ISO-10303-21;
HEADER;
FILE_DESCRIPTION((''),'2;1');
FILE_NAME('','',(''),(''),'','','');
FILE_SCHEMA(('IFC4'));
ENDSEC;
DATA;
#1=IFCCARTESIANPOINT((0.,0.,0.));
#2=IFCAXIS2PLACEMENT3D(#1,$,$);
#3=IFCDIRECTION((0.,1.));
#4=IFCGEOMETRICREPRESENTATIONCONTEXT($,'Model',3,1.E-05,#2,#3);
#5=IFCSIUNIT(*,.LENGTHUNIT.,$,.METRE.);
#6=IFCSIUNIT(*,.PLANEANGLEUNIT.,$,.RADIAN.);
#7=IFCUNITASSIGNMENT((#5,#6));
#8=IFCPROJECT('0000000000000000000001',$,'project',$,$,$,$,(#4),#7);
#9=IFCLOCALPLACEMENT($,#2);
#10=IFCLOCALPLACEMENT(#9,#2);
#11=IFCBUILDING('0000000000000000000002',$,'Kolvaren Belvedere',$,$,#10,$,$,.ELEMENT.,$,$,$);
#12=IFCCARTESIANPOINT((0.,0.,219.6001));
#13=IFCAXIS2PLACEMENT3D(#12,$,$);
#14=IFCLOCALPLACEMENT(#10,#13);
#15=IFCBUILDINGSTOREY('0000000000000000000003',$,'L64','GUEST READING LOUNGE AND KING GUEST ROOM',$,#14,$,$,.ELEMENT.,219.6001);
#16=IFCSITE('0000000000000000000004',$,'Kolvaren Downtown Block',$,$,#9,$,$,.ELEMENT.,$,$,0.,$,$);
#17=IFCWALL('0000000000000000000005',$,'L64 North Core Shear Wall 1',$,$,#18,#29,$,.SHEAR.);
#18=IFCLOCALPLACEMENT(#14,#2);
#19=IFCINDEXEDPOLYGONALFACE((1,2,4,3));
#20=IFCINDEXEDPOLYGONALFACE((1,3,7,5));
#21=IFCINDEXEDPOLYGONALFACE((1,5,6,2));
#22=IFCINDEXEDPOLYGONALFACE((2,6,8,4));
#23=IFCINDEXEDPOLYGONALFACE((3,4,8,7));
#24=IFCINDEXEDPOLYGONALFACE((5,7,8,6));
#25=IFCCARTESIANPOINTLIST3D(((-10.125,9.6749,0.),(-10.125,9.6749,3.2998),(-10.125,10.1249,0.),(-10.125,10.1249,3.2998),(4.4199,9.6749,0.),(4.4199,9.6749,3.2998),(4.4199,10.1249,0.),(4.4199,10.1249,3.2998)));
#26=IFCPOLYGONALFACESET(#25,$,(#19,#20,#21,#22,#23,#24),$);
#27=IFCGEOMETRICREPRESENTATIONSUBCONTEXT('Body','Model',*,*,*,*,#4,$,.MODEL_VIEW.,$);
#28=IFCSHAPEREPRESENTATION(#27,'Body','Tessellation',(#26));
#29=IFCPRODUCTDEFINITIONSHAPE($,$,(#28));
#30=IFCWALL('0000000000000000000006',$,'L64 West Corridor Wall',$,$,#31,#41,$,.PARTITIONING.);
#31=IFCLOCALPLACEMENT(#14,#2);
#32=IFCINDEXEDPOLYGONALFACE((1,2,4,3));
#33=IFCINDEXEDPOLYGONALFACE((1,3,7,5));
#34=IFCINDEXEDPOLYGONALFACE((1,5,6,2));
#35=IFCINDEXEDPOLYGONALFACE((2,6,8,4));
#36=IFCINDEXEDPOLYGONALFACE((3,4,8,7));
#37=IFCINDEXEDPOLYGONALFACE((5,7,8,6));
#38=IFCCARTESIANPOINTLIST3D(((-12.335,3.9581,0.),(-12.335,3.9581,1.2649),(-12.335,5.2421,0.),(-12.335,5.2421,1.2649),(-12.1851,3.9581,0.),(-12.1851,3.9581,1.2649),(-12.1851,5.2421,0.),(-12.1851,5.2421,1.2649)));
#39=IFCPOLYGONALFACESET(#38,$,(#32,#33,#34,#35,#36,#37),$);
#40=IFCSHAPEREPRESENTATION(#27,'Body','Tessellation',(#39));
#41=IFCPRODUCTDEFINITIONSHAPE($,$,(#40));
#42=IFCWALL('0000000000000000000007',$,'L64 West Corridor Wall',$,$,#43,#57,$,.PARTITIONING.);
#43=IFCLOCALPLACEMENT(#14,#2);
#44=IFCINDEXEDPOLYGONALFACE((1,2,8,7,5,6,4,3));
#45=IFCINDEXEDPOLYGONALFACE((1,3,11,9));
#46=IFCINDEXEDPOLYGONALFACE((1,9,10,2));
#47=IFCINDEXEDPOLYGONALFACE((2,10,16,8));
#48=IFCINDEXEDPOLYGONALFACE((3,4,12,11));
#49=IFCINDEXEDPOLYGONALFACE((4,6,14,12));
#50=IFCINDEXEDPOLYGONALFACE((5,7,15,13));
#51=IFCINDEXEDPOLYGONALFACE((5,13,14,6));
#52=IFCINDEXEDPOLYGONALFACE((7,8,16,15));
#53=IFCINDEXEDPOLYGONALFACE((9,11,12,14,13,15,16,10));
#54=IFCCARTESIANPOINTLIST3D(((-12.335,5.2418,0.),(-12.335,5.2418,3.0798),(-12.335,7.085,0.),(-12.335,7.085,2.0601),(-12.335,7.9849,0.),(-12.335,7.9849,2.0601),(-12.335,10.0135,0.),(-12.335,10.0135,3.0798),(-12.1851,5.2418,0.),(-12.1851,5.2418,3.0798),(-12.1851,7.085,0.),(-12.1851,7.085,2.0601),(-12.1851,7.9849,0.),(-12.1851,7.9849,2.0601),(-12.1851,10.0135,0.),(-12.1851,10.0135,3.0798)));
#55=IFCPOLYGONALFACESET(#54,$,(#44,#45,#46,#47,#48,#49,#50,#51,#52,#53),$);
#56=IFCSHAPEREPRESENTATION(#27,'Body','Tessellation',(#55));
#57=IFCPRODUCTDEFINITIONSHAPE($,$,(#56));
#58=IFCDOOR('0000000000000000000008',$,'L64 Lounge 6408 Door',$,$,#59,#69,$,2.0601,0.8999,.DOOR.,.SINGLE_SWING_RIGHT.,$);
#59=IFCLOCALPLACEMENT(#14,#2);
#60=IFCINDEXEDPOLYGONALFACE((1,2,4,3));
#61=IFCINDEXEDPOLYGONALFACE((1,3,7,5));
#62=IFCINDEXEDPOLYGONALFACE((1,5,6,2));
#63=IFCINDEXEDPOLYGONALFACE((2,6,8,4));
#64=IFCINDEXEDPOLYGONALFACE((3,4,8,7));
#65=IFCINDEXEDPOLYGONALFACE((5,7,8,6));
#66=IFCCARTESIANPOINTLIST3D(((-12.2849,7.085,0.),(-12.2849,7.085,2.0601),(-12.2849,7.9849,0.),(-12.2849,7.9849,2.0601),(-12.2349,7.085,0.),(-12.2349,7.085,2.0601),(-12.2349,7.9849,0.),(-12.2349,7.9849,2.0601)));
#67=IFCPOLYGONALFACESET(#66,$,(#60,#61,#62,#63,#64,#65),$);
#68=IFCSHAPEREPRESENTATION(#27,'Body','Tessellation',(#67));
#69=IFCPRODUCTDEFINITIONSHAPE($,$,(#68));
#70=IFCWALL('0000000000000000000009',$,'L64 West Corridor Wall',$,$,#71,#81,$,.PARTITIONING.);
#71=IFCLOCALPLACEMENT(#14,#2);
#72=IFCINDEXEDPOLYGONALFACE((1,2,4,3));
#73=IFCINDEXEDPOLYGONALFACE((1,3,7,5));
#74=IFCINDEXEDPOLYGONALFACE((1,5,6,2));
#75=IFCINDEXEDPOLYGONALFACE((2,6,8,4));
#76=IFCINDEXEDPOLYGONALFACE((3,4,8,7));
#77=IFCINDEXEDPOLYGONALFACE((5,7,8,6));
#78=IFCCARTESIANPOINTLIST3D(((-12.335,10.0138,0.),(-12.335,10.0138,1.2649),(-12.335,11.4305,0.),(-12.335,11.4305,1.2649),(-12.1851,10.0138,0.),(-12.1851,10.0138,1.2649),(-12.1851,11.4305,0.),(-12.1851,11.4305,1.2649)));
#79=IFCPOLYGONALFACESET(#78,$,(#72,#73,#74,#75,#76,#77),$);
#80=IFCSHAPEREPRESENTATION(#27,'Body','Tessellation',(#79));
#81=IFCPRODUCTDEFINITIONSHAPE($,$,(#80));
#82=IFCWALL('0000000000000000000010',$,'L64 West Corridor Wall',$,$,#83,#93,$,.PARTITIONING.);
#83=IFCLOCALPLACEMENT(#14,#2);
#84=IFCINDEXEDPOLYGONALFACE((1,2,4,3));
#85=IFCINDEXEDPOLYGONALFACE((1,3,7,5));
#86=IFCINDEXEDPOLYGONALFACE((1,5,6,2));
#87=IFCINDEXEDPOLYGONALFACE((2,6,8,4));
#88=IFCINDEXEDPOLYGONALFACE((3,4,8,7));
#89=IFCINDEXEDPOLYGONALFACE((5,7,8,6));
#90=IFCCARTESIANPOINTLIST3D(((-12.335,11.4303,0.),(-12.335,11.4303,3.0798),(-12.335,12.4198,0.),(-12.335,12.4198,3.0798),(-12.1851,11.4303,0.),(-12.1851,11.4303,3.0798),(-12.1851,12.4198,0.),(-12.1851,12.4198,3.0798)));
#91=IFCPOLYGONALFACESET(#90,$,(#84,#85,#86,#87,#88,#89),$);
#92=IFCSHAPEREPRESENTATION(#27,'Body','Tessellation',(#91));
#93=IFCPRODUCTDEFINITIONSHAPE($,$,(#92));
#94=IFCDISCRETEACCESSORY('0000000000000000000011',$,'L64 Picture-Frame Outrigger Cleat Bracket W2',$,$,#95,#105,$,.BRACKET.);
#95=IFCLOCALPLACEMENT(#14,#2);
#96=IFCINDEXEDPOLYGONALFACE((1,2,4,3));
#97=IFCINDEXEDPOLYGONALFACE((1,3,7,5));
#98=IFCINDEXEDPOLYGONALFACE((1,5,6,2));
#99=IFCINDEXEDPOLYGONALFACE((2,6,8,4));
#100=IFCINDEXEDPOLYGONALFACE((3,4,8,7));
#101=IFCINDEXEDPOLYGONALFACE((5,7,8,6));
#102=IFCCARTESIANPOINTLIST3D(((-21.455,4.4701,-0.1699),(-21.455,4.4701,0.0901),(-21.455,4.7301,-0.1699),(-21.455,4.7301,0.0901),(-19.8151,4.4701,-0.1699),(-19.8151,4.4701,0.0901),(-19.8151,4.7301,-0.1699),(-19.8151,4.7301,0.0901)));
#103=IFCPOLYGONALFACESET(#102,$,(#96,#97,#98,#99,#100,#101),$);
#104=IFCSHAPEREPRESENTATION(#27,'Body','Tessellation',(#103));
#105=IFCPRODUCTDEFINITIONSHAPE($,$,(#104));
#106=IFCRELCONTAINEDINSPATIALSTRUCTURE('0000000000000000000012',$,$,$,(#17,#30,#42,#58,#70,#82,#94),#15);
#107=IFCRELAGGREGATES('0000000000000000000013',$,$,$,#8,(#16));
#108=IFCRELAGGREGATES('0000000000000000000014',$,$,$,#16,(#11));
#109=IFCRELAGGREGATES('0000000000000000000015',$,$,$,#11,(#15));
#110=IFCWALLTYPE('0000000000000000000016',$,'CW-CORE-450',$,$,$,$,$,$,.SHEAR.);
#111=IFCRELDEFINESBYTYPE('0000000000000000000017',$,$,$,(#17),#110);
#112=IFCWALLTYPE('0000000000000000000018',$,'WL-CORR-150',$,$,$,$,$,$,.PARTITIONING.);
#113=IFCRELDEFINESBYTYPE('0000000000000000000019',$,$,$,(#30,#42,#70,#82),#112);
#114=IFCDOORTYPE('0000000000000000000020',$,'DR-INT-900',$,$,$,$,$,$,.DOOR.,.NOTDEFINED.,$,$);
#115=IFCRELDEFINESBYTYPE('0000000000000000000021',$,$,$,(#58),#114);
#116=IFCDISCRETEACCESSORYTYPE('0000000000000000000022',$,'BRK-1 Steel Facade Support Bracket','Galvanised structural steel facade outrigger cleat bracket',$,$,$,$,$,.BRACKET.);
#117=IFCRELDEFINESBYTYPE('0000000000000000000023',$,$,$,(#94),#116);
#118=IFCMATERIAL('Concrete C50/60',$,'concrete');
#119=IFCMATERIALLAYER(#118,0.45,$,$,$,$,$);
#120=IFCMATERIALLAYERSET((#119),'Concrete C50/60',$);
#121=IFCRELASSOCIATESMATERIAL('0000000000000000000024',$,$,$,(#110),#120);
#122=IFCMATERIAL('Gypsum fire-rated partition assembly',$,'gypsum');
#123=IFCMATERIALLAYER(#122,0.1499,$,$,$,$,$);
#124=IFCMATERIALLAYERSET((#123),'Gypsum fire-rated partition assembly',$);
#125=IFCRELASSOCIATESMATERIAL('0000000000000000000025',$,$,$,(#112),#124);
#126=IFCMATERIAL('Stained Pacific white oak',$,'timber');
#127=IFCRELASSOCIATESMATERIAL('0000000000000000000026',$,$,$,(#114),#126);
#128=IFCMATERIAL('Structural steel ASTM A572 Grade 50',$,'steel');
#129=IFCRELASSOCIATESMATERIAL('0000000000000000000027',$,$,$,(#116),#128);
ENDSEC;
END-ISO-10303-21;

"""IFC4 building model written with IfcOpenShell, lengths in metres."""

from ifc_helpers import new_model, si_unit, direction, frame, frame_2d, origin, origin_2d, place, context, subcontext, project, spatial, rectangle, extrude, material, layer, layer_set, type_object, element, fill, save


model = new_model("IFC4")

# Units and contexts
model_context = context("Model", 3, precision=1e-05, world=origin(), true_north=direction((0.0, 1.0)))
body_context = subcontext(model_context, "Body", "Model", "MODEL_VIEW")
ifc_project = project(units=[si_unit("LENGTHUNIT", "METRE"), si_unit("PLANEANGLEUNIT", "RADIAN")], contexts=[model_context])

# Site, building, storey
site_placement = place(None, origin())
site = spatial("IfcSite", under=ifc_project, at=site_placement, Name="Kolvaren Downtown Block", CompositionType="ELEMENT", RefElevation=0.0)
building_placement = place(site_placement, origin())
building = spatial("IfcBuilding", under=site, at=building_placement, Name="Kolvaren Belvedere", CompositionType="ELEMENT")
storey_placement = place(building_placement, frame((0.0, 0.0, 219.6001)))
storey = spatial("IfcBuildingStorey", under=building, at=storey_placement, Name="L64", Description="GUEST READING LOUNGE AND KING GUEST ROOM", CompositionType="ELEMENT", Elevation=219.6001)

# Walls
ifc_material_1 = material(Name="Concrete C50/60", Category="concrete")
ifc_layer_1 = layer(ifc_material_1, 0.45)
ifc_layer_set_1 = layer_set([ifc_layer_1], Name="Concrete C50/60")
wall_type_1 = type_object("IfcWallType", Name="CW-CORE-450", PredefinedType="SHEAR", material=ifc_layer_set_1)
wall_1_placement = place(storey_placement, frame((-10.125, 9.8999, 0.0), z_axis=(0.0, 0.0, 1.0), x_axis=(1.0, 0.0, 0.0)))
element("IfcWall", 1, at=wall_1_placement, inside=storey, type_object=wall_type_1, Name="L64 North Core Shear Wall 1", PredefinedType="SHEAR", context=body_context, shape_type="SweptSolid", body=[
    extrude(rectangle(XDim=14.5449, YDim=0.45, at=frame_2d((7.2725, 0.0))), origin(), (0.0, 0.0, 1.0), 3.2998),
])
ifc_material_2 = material(Name="Gypsum fire-rated partition assembly", Category="gypsum")
ifc_layer_2 = layer(ifc_material_2, 0.1499)
ifc_layer_set_2 = layer_set([ifc_layer_2], Name="Gypsum fire-rated partition assembly")
wall_type_2 = type_object("IfcWallType", Name="WL-CORR-150", PredefinedType="PARTITIONING", material=ifc_layer_set_2)
wall_2_placement = place(storey_placement, frame((-12.26, 3.958, 0.0), z_axis=(0.0, 0.0, 1.0), x_axis=(0.0, 1.0, 0.0)))
element("IfcWall", 2, at=wall_2_placement, inside=storey, type_object=wall_type_2, Name="L64 West Corridor Wall", PredefinedType="PARTITIONING", context=body_context, shape_type="SweptSolid", body=[
    extrude(rectangle(XDim=1.2839, YDim=0.1499, at=frame_2d((0.6421, 0.0))), origin(), (0.0, 0.0, 1.0), 1.2649),
])

# Wall, opening, door
wall_3_placement = place(storey_placement, frame((-12.26, 5.2419, 0.0), z_axis=(0.0, 0.0, 1.0), x_axis=(0.0, 1.0, 0.0)))
wall_3 = element("IfcWall", 3, at=wall_3_placement, inside=storey, type_object=wall_type_2, Name="L64 West Corridor Wall", PredefinedType="PARTITIONING", context=body_context, shape_type="SweptSolid", body=[
    extrude(rectangle(XDim=4.7717, YDim=0.1499, at=frame_2d((2.3857, 0.0))), origin(), (0.0, 0.0, 1.0), 3.0798),
])
opening_placement = place(wall_3_placement, frame((1.843, 0.0, 0.0)))
opening = element("IfcOpeningElement", 4, at=opening_placement, cuts=wall_3, PredefinedType="OPENING", context=body_context, shape_type="SweptSolid", body=[
    extrude(rectangle(XDim=0.8999, YDim=2.0601, at=frame_2d((0.45, 1.03))), frame((0.0, 0.085, 0.0), z_axis=(0.0, -1.0, 0.0), x_axis=(1.0, 0.0, 0.0)), (0.0, 0.0, 1.0), 0.1699),
])
ifc_material_3 = material(Name="Stained Pacific white oak", Category="timber")
door_type = type_object("IfcDoorType", Name="DR-INT-900", OperationType="NOTDEFINED", PredefinedType="DOOR", material=ifc_material_3)
door_placement = place(opening_placement, origin())
door = element("IfcDoor", 5, at=door_placement, inside=storey, type_object=door_type, Name="L64 Lounge 6408 Door", OperationType="SINGLE_SWING_RIGHT", OverallHeight=2.0601, OverallWidth=0.8999, PredefinedType="DOOR", context=body_context, shape_type="SweptSolid", body=[
    extrude(rectangle(XDim=0.8999, YDim=2.0601, at=frame_2d((0.45, 1.03))), frame((0.0, 0.0249, 0.0), z_axis=(0.0, -1.0, 0.0), x_axis=(1.0, 0.0, 0.0)), (0.0, 0.0, 1.0), 0.05),
])
fill(opening, door)

# Walls
wall_4_placement = place(storey_placement, frame((-12.26, 10.0137, 0.0), z_axis=(0.0, 0.0, 1.0), x_axis=(0.0, 1.0, 0.0)))
element("IfcWall", 6, at=wall_4_placement, inside=storey, type_object=wall_type_2, Name="L64 West Corridor Wall", PredefinedType="PARTITIONING", context=body_context, shape_type="SweptSolid", body=[
    extrude(rectangle(XDim=1.4167, YDim=0.1499, at=frame_2d((0.7085, 0.0))), origin(), (0.0, 0.0, 1.0), 1.2649),
])
wall_5_placement = place(storey_placement, frame((-12.26, 11.4304, 0.0), z_axis=(0.0, 0.0, 1.0), x_axis=(0.0, 1.0, 0.0)))
element("IfcWall", 7, at=wall_5_placement, inside=storey, type_object=wall_type_2, Name="L64 West Corridor Wall", PredefinedType="PARTITIONING", context=body_context, shape_type="SweptSolid", body=[
    extrude(rectangle(XDim=0.9895, YDim=0.1499, at=frame_2d((0.4946, 0.0))), origin(), (0.0, 0.0, 1.0), 3.0798),
])

# Discrete accessory
ifc_material_4 = material(Name="Structural steel ASTM A572 Grade 50", Category="steel")
discrete_accessory_type = type_object("IfcDiscreteAccessoryType", Name="BRK-1 Steel Facade Support Bracket", Description="Galvanised structural steel facade outrigger cleat bracket", PredefinedType="BRACKET", material=ifc_material_4)
discrete_accessory_placement = place(storey_placement, frame((-20.635, 4.6001, -0.1699), z_axis=(0.0, 0.0, 1.0), x_axis=(1.0, 0.0, 0.0)))
element("IfcDiscreteAccessory", 8, at=discrete_accessory_placement, inside=storey, type_object=discrete_accessory_type, Name="L64 Picture-Frame Outrigger Cleat Bracket W2", PredefinedType="BRACKET", context=body_context, shape_type="SweptSolid", body=[
    extrude(rectangle(XDim=1.6399, YDim=0.26, at=origin_2d()), origin(), (0.0, 0.0, 1.0), 0.26),
])

save(model, "model.ifc")
